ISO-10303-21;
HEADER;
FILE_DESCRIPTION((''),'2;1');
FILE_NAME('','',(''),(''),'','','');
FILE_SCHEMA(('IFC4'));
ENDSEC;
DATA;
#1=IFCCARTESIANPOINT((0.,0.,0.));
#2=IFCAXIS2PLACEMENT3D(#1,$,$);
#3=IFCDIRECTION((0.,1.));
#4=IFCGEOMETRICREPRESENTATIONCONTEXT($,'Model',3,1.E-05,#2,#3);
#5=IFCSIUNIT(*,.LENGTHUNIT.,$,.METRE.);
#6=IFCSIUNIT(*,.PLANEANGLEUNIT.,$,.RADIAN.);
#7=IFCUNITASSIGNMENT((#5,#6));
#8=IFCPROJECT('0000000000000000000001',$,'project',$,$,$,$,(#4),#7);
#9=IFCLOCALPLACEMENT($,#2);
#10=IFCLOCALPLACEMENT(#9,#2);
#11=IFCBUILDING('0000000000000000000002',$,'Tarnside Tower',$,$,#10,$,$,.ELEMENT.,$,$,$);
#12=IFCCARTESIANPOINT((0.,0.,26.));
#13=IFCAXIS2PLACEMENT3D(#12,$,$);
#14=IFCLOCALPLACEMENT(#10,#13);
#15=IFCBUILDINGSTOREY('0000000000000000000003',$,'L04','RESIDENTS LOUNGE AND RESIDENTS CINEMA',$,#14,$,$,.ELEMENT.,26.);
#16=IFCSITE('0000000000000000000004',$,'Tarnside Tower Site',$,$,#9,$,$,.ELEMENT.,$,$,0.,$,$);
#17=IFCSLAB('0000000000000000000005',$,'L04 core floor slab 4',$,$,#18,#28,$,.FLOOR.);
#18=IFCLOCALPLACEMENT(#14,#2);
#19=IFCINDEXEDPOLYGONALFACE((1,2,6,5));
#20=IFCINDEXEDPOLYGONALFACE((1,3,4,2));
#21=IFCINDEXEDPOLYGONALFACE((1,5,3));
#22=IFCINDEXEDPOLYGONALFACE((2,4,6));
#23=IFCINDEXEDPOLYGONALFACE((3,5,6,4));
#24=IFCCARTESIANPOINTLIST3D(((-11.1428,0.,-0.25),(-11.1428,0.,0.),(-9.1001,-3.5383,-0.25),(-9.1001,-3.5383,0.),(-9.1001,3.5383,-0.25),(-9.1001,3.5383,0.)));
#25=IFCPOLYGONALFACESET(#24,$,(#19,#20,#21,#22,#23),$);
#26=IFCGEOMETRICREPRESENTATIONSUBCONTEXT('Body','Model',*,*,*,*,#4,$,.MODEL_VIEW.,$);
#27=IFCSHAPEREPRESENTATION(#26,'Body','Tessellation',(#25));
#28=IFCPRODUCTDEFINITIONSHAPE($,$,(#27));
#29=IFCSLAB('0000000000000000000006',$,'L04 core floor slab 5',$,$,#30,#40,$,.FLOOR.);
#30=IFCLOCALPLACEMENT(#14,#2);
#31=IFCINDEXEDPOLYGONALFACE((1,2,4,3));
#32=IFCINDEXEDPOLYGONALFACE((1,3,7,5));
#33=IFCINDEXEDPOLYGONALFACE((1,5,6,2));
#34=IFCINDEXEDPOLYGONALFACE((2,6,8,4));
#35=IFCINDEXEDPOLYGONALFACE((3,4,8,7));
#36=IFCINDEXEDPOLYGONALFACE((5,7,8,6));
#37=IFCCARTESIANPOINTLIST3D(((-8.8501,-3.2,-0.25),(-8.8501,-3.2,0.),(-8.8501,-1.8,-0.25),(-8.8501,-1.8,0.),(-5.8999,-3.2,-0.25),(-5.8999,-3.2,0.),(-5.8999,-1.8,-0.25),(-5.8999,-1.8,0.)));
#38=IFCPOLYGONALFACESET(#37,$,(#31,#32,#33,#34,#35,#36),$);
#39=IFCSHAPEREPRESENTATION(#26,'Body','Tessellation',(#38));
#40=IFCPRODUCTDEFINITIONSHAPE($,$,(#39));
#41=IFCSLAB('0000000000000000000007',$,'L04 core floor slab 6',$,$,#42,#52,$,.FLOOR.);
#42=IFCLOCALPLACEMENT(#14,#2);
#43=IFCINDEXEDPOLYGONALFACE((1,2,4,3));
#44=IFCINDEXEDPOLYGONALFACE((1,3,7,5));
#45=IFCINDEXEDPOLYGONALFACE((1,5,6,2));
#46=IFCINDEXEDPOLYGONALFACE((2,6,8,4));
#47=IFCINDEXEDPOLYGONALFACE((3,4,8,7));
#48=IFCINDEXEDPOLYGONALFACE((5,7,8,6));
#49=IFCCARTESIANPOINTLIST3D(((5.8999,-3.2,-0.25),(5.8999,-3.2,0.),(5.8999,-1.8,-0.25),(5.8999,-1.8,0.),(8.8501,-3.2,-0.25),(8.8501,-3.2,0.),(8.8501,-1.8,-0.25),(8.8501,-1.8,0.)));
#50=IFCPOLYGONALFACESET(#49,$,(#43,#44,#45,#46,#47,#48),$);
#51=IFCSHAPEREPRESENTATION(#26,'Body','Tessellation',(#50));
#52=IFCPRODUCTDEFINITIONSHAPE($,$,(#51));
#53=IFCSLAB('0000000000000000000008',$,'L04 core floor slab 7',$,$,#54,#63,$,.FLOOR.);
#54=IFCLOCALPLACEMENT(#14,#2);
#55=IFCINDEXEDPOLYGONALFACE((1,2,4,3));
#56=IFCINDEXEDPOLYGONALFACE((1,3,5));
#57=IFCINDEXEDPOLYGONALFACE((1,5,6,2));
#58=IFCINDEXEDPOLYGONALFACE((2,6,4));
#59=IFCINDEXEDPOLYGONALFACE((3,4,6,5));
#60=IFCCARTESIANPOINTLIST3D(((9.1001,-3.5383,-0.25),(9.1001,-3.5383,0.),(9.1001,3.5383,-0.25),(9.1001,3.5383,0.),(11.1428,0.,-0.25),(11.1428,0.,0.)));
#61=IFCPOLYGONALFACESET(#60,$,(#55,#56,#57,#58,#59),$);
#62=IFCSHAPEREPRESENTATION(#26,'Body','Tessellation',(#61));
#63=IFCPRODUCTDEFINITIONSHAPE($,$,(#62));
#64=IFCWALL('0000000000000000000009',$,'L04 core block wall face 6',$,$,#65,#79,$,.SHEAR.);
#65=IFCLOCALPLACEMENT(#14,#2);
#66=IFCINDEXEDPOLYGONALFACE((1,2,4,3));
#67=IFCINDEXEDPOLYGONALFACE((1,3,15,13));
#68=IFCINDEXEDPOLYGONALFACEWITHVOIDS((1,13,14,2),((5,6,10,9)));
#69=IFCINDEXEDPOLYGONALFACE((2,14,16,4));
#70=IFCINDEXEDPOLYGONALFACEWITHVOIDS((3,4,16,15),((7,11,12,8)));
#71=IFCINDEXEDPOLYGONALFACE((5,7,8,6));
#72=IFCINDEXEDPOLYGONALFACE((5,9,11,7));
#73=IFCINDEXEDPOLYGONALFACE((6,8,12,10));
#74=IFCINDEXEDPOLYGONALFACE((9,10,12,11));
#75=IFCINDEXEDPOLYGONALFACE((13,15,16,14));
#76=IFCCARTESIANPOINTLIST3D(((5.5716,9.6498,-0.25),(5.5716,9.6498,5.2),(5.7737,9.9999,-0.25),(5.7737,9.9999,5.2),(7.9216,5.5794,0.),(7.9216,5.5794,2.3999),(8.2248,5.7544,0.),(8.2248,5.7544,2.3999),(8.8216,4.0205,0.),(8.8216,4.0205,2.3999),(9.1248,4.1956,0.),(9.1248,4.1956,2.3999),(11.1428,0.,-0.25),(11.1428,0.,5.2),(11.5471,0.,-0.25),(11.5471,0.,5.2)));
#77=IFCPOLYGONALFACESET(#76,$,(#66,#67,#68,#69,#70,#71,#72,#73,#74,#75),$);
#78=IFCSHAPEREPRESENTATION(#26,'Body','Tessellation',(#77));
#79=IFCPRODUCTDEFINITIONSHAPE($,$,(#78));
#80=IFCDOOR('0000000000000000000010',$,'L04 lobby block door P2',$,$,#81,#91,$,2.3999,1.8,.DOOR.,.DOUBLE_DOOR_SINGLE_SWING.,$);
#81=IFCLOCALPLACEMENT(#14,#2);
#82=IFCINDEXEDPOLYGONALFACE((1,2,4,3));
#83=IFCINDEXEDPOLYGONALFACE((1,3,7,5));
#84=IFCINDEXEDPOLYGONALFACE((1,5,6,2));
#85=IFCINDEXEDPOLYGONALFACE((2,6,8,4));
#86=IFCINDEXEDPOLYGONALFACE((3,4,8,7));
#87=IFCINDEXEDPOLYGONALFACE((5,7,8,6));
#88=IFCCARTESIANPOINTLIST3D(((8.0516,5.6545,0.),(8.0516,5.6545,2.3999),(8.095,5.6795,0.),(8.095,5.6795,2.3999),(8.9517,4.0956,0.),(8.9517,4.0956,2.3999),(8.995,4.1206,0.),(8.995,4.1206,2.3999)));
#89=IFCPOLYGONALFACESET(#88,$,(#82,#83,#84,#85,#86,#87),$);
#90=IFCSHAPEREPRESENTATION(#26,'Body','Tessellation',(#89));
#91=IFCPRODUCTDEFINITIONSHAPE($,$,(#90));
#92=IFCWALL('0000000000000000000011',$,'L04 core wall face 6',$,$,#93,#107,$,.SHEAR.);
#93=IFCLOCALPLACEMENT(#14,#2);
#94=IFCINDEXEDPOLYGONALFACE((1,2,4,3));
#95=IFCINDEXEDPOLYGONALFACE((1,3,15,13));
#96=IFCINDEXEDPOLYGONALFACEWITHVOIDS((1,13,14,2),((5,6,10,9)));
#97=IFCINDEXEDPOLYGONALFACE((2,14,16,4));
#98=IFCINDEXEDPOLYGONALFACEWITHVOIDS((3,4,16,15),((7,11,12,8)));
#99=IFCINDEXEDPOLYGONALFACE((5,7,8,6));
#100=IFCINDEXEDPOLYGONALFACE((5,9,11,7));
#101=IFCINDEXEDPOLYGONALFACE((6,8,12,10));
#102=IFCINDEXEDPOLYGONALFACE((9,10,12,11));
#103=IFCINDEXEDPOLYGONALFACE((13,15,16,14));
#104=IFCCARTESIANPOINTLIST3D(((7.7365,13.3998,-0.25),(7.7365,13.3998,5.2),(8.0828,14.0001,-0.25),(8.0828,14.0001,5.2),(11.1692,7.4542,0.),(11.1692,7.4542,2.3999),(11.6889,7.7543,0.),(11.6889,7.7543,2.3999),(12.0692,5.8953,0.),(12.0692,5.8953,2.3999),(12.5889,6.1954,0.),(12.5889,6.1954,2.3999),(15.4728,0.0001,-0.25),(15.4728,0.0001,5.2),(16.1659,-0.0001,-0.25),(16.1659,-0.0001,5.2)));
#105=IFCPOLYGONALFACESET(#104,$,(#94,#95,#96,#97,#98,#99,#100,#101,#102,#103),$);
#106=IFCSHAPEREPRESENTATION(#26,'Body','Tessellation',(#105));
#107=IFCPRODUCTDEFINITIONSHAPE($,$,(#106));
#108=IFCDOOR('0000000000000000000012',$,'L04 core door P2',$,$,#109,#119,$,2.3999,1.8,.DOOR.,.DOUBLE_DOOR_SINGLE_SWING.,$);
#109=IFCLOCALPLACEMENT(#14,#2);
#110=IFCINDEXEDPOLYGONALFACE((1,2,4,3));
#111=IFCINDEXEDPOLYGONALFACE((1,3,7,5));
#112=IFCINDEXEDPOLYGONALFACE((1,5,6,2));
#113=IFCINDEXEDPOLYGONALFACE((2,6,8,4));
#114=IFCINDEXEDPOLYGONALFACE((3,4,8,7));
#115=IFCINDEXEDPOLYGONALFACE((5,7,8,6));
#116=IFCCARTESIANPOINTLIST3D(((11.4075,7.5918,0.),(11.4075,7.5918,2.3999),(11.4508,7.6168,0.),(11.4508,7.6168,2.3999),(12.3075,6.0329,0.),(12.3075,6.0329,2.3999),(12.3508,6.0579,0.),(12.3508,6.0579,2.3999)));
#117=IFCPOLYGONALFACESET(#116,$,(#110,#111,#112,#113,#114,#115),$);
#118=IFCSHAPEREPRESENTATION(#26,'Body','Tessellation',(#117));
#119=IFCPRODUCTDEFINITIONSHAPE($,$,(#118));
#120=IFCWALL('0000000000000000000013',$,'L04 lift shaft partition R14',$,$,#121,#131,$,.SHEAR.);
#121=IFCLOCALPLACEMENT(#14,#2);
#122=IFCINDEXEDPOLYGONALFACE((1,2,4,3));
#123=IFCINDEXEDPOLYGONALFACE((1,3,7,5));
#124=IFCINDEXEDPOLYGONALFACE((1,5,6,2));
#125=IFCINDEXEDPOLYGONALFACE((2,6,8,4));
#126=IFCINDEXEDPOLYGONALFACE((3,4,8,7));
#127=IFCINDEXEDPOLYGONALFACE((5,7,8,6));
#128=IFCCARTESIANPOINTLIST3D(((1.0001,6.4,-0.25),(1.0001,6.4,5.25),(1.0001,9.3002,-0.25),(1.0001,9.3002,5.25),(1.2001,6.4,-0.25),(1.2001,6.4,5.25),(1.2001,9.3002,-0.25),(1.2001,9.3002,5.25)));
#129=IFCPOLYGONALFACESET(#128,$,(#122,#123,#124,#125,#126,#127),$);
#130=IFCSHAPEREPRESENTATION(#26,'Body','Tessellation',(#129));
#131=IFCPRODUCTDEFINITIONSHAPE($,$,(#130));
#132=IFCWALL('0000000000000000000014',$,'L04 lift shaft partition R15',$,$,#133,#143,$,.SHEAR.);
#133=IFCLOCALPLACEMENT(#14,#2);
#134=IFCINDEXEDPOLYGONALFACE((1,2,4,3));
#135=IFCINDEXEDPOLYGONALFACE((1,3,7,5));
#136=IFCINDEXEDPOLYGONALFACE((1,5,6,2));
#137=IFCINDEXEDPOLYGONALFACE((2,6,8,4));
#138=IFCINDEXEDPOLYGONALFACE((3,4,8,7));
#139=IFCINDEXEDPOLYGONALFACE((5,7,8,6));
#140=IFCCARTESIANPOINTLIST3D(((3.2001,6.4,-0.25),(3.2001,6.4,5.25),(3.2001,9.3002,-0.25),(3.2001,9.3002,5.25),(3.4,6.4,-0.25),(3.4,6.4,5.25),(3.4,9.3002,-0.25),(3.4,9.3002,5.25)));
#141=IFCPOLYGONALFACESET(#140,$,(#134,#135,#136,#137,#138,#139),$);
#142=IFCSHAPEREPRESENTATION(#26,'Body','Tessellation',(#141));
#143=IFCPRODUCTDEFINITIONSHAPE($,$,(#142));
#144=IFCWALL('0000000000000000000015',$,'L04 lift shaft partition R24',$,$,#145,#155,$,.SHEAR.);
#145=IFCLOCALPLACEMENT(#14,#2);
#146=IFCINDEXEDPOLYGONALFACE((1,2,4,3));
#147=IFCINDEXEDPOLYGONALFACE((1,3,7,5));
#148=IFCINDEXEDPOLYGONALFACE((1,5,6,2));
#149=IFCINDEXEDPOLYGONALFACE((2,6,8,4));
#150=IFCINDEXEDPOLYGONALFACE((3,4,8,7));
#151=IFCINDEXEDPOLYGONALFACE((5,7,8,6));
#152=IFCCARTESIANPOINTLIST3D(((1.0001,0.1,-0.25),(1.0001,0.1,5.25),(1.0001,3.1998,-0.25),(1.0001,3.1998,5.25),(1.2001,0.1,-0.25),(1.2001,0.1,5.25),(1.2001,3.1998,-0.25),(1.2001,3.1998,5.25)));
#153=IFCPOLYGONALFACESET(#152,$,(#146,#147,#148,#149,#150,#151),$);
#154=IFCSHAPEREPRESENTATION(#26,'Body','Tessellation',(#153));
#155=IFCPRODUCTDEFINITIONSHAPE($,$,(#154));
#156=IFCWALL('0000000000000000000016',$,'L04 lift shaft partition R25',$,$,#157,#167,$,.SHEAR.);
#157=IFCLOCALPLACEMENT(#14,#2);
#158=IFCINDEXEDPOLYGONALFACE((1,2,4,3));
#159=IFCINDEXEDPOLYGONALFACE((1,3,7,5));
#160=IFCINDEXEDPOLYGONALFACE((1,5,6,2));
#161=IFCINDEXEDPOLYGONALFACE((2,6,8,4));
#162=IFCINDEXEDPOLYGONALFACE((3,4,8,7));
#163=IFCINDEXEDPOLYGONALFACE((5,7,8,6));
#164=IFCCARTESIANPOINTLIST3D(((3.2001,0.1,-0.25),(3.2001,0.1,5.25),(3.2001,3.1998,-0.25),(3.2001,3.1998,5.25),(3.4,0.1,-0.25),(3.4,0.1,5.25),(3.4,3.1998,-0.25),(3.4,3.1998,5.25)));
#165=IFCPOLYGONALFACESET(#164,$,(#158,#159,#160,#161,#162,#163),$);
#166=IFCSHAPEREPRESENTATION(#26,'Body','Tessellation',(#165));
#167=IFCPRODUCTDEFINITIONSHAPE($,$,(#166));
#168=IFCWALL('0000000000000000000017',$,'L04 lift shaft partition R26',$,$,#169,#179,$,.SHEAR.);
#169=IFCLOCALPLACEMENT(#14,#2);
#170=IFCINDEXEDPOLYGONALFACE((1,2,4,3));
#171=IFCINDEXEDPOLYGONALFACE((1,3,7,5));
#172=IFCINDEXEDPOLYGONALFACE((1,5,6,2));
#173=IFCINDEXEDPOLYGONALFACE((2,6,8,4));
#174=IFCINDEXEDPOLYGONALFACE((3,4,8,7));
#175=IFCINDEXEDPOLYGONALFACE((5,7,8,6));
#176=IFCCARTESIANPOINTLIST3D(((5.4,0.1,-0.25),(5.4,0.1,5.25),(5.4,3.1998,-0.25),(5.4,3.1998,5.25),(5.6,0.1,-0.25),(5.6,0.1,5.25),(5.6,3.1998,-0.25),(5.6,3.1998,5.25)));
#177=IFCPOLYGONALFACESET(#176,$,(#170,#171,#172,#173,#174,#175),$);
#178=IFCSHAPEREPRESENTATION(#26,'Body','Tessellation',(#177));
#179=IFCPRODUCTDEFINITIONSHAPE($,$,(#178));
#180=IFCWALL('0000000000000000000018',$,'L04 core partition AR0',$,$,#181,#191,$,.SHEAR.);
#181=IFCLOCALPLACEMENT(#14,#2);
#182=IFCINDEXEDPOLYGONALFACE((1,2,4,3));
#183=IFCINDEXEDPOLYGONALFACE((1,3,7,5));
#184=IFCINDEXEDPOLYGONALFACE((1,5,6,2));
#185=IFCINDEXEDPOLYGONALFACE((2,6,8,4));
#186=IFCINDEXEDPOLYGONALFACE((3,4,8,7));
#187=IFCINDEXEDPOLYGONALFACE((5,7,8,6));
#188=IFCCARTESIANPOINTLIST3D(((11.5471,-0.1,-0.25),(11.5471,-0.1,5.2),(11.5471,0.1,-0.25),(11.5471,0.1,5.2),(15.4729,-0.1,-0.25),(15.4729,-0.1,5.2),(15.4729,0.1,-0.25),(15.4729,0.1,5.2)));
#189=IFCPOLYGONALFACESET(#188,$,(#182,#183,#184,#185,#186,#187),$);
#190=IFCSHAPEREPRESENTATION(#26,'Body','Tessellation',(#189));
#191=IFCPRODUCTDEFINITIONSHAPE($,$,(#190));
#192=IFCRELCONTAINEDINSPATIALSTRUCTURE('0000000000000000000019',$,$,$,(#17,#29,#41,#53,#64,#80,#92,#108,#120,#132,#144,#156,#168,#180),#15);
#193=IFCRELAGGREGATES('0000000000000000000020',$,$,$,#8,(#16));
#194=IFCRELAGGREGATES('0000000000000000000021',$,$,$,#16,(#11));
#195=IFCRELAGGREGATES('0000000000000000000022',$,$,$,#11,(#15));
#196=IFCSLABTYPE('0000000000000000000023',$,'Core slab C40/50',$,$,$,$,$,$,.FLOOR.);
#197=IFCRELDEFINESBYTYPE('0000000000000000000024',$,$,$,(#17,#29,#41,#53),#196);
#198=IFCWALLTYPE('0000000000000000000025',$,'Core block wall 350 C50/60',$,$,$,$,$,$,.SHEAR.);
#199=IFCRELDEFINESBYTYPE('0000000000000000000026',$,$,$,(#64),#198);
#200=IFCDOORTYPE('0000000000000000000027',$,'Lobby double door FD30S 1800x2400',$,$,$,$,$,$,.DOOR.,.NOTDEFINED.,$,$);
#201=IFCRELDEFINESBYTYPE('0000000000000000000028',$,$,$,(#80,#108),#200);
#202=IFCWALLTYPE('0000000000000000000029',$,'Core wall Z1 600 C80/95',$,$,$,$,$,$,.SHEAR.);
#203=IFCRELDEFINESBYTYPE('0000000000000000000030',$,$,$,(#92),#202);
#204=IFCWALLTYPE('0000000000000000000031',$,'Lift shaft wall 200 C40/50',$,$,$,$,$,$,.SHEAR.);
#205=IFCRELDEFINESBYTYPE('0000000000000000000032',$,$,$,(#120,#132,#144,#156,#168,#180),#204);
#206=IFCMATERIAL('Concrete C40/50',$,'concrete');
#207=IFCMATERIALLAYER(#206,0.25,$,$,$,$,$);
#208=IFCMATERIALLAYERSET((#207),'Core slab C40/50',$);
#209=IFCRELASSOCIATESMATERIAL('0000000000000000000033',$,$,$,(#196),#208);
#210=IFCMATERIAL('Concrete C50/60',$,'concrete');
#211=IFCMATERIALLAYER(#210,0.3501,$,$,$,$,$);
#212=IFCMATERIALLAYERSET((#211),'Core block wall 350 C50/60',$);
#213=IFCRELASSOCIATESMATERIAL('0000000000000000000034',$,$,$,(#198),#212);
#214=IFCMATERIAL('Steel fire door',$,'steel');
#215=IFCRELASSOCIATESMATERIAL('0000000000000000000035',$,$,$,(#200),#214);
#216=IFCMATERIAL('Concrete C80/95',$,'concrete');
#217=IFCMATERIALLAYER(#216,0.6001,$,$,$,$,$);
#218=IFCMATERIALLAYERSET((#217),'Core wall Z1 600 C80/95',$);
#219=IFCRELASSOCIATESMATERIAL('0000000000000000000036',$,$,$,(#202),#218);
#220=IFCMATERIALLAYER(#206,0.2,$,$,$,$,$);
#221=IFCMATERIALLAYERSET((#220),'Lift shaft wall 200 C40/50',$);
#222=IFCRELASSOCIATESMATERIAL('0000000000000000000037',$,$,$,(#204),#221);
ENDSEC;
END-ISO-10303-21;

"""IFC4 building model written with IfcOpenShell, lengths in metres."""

from ifc_helpers import new_model, si_unit, direction, frame, frame_2d, origin, place, context, subcontext, project, spatial, polyline, rectangle, outline, extrude, material, layer, layer_set, type_object, element, fill, save


model = new_model("IFC4")

# Units and contexts
model_context = context("Model", 3, precision=1e-05, world=origin(), true_north=direction((0.0, 1.0)))
body_context = subcontext(model_context, "Body", "Model", "MODEL_VIEW")
ifc_project = project(units=[si_unit("LENGTHUNIT", "METRE"), si_unit("PLANEANGLEUNIT", "RADIAN")], contexts=[model_context])

# Site, building, storey
site_placement = place(None, origin())
site = spatial("IfcSite", under=ifc_project, at=site_placement, Name="Tarnside Tower Site", CompositionType="ELEMENT", RefElevation=0.0)
building_placement = place(site_placement, origin())
building = spatial("IfcBuilding", under=site, at=building_placement, Name="Tarnside Tower", CompositionType="ELEMENT")
storey_placement = place(building_placement, frame((0.0, 0.0, 26.0)))
storey = spatial("IfcBuildingStorey", under=building, at=storey_placement, Name="L04", Description="RESIDENTS LOUNGE AND RESIDENTS CINEMA", CompositionType="ELEMENT", Elevation=26.0)

# Slabs
ifc_material_1 = material(Name="Concrete C40/50", Category="concrete")
ifc_layer_1 = layer(ifc_material_1, 0.25)
ifc_layer_set_1 = layer_set([ifc_layer_1], Name="Core slab C40/50")
slab_type = type_object("IfcSlabType", Name="Core slab C40/50", PredefinedType="FLOOR", material=ifc_layer_set_1)
slab_1_placement = place(storey_placement, frame((0.0, 0.0, -0.25)))
element("IfcSlab", 1, at=slab_1_placement, inside=storey, type_object=slab_type, Name="L04 core floor slab 4", PredefinedType="FLOOR", context=body_context, shape_type="SweptSolid", body=[
    extrude(outline(polyline([(-11.1428, 0.0), (-9.1001, 3.5383), (-9.1001, -3.5383), (-11.1428, 0.0)])), origin(), (0.0, 0.0, 1.0), 0.25),
])
slab_2_placement = place(storey_placement, frame((0.0, 0.0, -0.25)))
element("IfcSlab", 2, at=slab_2_placement, inside=storey, type_object=slab_type, Name="L04 core floor slab 5", PredefinedType="FLOOR", context=body_context, shape_type="SweptSolid", body=[
    extrude(outline(polyline([(-8.8501, -1.8), (-5.8999, -1.8), (-5.8999, -3.2), (-8.8501, -3.2), (-8.8501, -1.8)])), origin(), (0.0, 0.0, 1.0), 0.25),
])
slab_3_placement = place(storey_placement, frame((0.0, 0.0, -0.25)))
element("IfcSlab", 3, at=slab_3_placement, inside=storey, type_object=slab_type, Name="L04 core floor slab 6", PredefinedType="FLOOR", context=body_context, shape_type="SweptSolid", body=[
    extrude(outline(polyline([(5.8999, -3.2), (5.8999, -1.8), (8.8501, -1.8), (8.8501, -3.2), (5.8999, -3.2)])), origin(), (0.0, 0.0, 1.0), 0.25),
])
slab_4_placement = place(storey_placement, frame((0.0, 0.0, -0.25)))
element("IfcSlab", 4, at=slab_4_placement, inside=storey, type_object=slab_type, Name="L04 core floor slab 7", PredefinedType="FLOOR", context=body_context, shape_type="SweptSolid", body=[
    extrude(outline(polyline([(9.1001, -3.5383), (9.1001, 3.5383), (11.1428, 0.0), (9.1001, -3.5383)])), origin(), (0.0, 0.0, 1.0), 0.25),
])

# Walls, openings, doors
ifc_material_2 = material(Name="Concrete C50/60", Category="concrete")
ifc_layer_2 = layer(ifc_material_2, 0.3501)
ifc_layer_set_2 = layer_set([ifc_layer_2], Name="Core block wall 350 C50/60")
wall_type_1 = type_object("IfcWallType", Name="Core block wall 350 C50/60", PredefinedType="SHEAR", material=ifc_layer_set_2)
wall_1_placement = place(storey_placement, frame((11.345, 0.0, -0.25), z_axis=(0.0, 0.0, 1.0), x_axis=(-0.499995, 0.866028, 0.0)))
wall_1 = element("IfcWall", 5, at=wall_1_placement, inside=storey, type_object=wall_type_1, Name="L04 core block wall face 6", PredefinedType="SHEAR", context=body_context, shape_type="SweptSolid", body=[
    extrude(outline(polyline([(-0.1011, -0.175), (11.4458, -0.175), (11.2437, 0.175), (0.1011, 0.175), (-0.1011, -0.175)])), origin(), (0.0, 0.0, 1.0), 5.45),
])
opening_1_placement = place(wall_1_placement, frame((4.7437, 0.0, 0.25)))
opening_1 = element("IfcOpeningElement", 6, at=opening_1_placement, cuts=wall_1, PredefinedType="OPENING", context=body_context, shape_type="SweptSolid", body=[
    extrude(rectangle(XDim=1.8, YDim=2.3999, at=frame_2d((0.8999, 1.2))), frame((0.0, 0.1851, 0.0), z_axis=(0.0, -1.0, 0.0), x_axis=(1.0, 0.0, 0.0)), (0.0, 0.0, 1.0), 0.3701),
])
ifc_material_3 = material(Name="Steel fire door", Category="steel")
door_type = type_object("IfcDoorType", Name="Lobby double door FD30S 1800x2400", OperationType="NOTDEFINED", PredefinedType="DOOR", material=ifc_material_3)
door_1_placement = place(opening_1_placement, origin())
door_1 = element("IfcDoor", 7, at=door_1_placement, inside=storey, type_object=door_type, Name="L04 lobby block door P2", OperationType="DOUBLE_DOOR_SINGLE_SWING", OverallHeight=2.3999, OverallWidth=1.8, PredefinedType="DOOR", context=body_context, shape_type="SweptSolid", body=[
    extrude(rectangle(XDim=1.8, YDim=2.3999, at=frame_2d((0.8999, 1.2))), frame((0.0, 0.0249, 0.0), z_axis=(0.0, -1.0, 0.0), x_axis=(1.0, 0.0, 0.0)), (0.0, 0.0, 1.0), 0.05),
])
fill(opening_1, door_1)
ifc_material_4 = material(Name="Concrete C80/95", Category="concrete")
ifc_layer_3 = layer(ifc_material_4, 0.6001)
ifc_layer_set_3 = layer_set([ifc_layer_3], Name="Core wall Z1 600 C80/95")
wall_type_2 = type_object("IfcWallType", Name="Core wall Z1 600 C80/95", PredefinedType="SHEAR", material=ifc_layer_set_3)
wall_2_placement = place(storey_placement, frame((15.8193, 0.0, -0.25), z_axis=(0.0, 0.0, 1.0), x_axis=(-0.5, 0.866025, 0.0)))
wall_2 = element("IfcWall", 8, at=wall_2_placement, inside=storey, type_object=wall_type_2, Name="L04 core wall face 6", PredefinedType="SHEAR", context=body_context, shape_type="SweptSolid", body=[
    extrude(outline(polyline([(-0.1733, -0.3), (15.9927, -0.3), (15.646, 0.3), (0.1733, 0.3), (-0.1733, -0.3)])), origin(), (0.0, 0.0, 1.0), 5.45),
])
opening_2_placement = place(wall_2_placement, frame((6.9807, 0.0, 0.25)))
opening_2 = element("IfcOpeningElement", 9, at=opening_2_placement, cuts=wall_2, PredefinedType="OPENING", context=body_context, shape_type="SweptSolid", body=[
    extrude(rectangle(XDim=1.8, YDim=2.3999, at=frame_2d((0.8999, 1.2))), frame((0.0, 0.3101, 0.0), z_axis=(0.0, -1.0, 0.0), x_axis=(1.0, 0.0, 0.0)), (0.0, 0.0, 1.0), 0.6201),
])
door_2_placement = place(opening_2_placement, origin())
door_2 = element("IfcDoor", 10, at=door_2_placement, inside=storey, type_object=door_type, Name="L04 core door P2", OperationType="DOUBLE_DOOR_SINGLE_SWING", OverallHeight=2.3999, OverallWidth=1.8, PredefinedType="DOOR", context=body_context, shape_type="SweptSolid", body=[
    extrude(rectangle(XDim=1.8, YDim=2.3999, at=frame_2d((0.8999, 1.2))), frame((0.0, 0.0249, 0.0), z_axis=(0.0, -1.0, 0.0), x_axis=(1.0, 0.0, 0.0)), (0.0, 0.0, 1.0), 0.05),
])
fill(opening_2, door_2)

# Walls
ifc_layer_4 = layer(ifc_material_1, 0.2)
ifc_layer_set_4 = layer_set([ifc_layer_4], Name="Lift shaft wall 200 C40/50")
wall_type_3 = type_object("IfcWallType", Name="Lift shaft wall 200 C40/50", PredefinedType="SHEAR", material=ifc_layer_set_4)
for number, where, z_axis, x_axis, name in (
    (11, (1.1001, 6.3999, -0.25), (0.0, 0.0, 1.0), (0.0, 1.0, 0.0), "L04 lift shaft partition R14"),
    (12, (3.3, 6.3999, -0.25), (0.0, 0.0, 1.0), (0.0, 1.0, 0.0), "L04 lift shaft partition R15"),
):
    element("IfcWall", number, at=place(storey_placement, frame(where, z_axis=z_axis, x_axis=x_axis)), inside=storey, type_object=wall_type_3, Name=name, PredefinedType="SHEAR", context=body_context, shape_type="SweptSolid", body=[
        extrude(rectangle(XDim=2.9001, YDim=0.2, at=frame_2d((1.4502, 0.0))), origin(), (0.0, 0.0, 1.0), 5.5),
    ])
for number, where, z_axis, x_axis, name in (
    (13, (1.1001, 0.1001, -0.25), (0.0, 0.0, 1.0), (0.0, 1.0, 0.0), "L04 lift shaft partition R24"),
    (14, (3.3, 0.1001, -0.25), (0.0, 0.0, 1.0), (0.0, 1.0, 0.0), "L04 lift shaft partition R25"),
    (15, (5.5, 0.1001, -0.25), (0.0, 0.0, 1.0), (0.0, 1.0, 0.0), "L04 lift shaft partition R26"),
):
    element("IfcWall", number, at=place(storey_placement, frame(where, z_axis=z_axis, x_axis=x_axis)), inside=storey, type_object=wall_type_3, Name=name, PredefinedType="SHEAR", context=body_context, shape_type="SweptSolid", body=[
        extrude(rectangle(XDim=3.0999, YDim=0.2, at=frame_2d((1.5498, 0.0))), origin(), (0.0, 0.0, 1.0), 5.5),
    ])
wall_3_placement = place(storey_placement, frame((11.5471, 0.0, -0.25), z_axis=(0.0, 0.0, 1.0), x_axis=(1.0, 0.0, 0.0)))
element("IfcWall", 16, at=wall_3_placement, inside=storey, type_object=wall_type_3, Name="L04 core partition AR0", PredefinedType="SHEAR", context=body_context, shape_type="SweptSolid", body=[
    extrude(rectangle(XDim=3.9258, YDim=0.2, at=frame_2d((1.9629, 0.0))), origin(), (0.0, 0.0, 1.0), 5.45),
])

save(model, "model.ifc")
